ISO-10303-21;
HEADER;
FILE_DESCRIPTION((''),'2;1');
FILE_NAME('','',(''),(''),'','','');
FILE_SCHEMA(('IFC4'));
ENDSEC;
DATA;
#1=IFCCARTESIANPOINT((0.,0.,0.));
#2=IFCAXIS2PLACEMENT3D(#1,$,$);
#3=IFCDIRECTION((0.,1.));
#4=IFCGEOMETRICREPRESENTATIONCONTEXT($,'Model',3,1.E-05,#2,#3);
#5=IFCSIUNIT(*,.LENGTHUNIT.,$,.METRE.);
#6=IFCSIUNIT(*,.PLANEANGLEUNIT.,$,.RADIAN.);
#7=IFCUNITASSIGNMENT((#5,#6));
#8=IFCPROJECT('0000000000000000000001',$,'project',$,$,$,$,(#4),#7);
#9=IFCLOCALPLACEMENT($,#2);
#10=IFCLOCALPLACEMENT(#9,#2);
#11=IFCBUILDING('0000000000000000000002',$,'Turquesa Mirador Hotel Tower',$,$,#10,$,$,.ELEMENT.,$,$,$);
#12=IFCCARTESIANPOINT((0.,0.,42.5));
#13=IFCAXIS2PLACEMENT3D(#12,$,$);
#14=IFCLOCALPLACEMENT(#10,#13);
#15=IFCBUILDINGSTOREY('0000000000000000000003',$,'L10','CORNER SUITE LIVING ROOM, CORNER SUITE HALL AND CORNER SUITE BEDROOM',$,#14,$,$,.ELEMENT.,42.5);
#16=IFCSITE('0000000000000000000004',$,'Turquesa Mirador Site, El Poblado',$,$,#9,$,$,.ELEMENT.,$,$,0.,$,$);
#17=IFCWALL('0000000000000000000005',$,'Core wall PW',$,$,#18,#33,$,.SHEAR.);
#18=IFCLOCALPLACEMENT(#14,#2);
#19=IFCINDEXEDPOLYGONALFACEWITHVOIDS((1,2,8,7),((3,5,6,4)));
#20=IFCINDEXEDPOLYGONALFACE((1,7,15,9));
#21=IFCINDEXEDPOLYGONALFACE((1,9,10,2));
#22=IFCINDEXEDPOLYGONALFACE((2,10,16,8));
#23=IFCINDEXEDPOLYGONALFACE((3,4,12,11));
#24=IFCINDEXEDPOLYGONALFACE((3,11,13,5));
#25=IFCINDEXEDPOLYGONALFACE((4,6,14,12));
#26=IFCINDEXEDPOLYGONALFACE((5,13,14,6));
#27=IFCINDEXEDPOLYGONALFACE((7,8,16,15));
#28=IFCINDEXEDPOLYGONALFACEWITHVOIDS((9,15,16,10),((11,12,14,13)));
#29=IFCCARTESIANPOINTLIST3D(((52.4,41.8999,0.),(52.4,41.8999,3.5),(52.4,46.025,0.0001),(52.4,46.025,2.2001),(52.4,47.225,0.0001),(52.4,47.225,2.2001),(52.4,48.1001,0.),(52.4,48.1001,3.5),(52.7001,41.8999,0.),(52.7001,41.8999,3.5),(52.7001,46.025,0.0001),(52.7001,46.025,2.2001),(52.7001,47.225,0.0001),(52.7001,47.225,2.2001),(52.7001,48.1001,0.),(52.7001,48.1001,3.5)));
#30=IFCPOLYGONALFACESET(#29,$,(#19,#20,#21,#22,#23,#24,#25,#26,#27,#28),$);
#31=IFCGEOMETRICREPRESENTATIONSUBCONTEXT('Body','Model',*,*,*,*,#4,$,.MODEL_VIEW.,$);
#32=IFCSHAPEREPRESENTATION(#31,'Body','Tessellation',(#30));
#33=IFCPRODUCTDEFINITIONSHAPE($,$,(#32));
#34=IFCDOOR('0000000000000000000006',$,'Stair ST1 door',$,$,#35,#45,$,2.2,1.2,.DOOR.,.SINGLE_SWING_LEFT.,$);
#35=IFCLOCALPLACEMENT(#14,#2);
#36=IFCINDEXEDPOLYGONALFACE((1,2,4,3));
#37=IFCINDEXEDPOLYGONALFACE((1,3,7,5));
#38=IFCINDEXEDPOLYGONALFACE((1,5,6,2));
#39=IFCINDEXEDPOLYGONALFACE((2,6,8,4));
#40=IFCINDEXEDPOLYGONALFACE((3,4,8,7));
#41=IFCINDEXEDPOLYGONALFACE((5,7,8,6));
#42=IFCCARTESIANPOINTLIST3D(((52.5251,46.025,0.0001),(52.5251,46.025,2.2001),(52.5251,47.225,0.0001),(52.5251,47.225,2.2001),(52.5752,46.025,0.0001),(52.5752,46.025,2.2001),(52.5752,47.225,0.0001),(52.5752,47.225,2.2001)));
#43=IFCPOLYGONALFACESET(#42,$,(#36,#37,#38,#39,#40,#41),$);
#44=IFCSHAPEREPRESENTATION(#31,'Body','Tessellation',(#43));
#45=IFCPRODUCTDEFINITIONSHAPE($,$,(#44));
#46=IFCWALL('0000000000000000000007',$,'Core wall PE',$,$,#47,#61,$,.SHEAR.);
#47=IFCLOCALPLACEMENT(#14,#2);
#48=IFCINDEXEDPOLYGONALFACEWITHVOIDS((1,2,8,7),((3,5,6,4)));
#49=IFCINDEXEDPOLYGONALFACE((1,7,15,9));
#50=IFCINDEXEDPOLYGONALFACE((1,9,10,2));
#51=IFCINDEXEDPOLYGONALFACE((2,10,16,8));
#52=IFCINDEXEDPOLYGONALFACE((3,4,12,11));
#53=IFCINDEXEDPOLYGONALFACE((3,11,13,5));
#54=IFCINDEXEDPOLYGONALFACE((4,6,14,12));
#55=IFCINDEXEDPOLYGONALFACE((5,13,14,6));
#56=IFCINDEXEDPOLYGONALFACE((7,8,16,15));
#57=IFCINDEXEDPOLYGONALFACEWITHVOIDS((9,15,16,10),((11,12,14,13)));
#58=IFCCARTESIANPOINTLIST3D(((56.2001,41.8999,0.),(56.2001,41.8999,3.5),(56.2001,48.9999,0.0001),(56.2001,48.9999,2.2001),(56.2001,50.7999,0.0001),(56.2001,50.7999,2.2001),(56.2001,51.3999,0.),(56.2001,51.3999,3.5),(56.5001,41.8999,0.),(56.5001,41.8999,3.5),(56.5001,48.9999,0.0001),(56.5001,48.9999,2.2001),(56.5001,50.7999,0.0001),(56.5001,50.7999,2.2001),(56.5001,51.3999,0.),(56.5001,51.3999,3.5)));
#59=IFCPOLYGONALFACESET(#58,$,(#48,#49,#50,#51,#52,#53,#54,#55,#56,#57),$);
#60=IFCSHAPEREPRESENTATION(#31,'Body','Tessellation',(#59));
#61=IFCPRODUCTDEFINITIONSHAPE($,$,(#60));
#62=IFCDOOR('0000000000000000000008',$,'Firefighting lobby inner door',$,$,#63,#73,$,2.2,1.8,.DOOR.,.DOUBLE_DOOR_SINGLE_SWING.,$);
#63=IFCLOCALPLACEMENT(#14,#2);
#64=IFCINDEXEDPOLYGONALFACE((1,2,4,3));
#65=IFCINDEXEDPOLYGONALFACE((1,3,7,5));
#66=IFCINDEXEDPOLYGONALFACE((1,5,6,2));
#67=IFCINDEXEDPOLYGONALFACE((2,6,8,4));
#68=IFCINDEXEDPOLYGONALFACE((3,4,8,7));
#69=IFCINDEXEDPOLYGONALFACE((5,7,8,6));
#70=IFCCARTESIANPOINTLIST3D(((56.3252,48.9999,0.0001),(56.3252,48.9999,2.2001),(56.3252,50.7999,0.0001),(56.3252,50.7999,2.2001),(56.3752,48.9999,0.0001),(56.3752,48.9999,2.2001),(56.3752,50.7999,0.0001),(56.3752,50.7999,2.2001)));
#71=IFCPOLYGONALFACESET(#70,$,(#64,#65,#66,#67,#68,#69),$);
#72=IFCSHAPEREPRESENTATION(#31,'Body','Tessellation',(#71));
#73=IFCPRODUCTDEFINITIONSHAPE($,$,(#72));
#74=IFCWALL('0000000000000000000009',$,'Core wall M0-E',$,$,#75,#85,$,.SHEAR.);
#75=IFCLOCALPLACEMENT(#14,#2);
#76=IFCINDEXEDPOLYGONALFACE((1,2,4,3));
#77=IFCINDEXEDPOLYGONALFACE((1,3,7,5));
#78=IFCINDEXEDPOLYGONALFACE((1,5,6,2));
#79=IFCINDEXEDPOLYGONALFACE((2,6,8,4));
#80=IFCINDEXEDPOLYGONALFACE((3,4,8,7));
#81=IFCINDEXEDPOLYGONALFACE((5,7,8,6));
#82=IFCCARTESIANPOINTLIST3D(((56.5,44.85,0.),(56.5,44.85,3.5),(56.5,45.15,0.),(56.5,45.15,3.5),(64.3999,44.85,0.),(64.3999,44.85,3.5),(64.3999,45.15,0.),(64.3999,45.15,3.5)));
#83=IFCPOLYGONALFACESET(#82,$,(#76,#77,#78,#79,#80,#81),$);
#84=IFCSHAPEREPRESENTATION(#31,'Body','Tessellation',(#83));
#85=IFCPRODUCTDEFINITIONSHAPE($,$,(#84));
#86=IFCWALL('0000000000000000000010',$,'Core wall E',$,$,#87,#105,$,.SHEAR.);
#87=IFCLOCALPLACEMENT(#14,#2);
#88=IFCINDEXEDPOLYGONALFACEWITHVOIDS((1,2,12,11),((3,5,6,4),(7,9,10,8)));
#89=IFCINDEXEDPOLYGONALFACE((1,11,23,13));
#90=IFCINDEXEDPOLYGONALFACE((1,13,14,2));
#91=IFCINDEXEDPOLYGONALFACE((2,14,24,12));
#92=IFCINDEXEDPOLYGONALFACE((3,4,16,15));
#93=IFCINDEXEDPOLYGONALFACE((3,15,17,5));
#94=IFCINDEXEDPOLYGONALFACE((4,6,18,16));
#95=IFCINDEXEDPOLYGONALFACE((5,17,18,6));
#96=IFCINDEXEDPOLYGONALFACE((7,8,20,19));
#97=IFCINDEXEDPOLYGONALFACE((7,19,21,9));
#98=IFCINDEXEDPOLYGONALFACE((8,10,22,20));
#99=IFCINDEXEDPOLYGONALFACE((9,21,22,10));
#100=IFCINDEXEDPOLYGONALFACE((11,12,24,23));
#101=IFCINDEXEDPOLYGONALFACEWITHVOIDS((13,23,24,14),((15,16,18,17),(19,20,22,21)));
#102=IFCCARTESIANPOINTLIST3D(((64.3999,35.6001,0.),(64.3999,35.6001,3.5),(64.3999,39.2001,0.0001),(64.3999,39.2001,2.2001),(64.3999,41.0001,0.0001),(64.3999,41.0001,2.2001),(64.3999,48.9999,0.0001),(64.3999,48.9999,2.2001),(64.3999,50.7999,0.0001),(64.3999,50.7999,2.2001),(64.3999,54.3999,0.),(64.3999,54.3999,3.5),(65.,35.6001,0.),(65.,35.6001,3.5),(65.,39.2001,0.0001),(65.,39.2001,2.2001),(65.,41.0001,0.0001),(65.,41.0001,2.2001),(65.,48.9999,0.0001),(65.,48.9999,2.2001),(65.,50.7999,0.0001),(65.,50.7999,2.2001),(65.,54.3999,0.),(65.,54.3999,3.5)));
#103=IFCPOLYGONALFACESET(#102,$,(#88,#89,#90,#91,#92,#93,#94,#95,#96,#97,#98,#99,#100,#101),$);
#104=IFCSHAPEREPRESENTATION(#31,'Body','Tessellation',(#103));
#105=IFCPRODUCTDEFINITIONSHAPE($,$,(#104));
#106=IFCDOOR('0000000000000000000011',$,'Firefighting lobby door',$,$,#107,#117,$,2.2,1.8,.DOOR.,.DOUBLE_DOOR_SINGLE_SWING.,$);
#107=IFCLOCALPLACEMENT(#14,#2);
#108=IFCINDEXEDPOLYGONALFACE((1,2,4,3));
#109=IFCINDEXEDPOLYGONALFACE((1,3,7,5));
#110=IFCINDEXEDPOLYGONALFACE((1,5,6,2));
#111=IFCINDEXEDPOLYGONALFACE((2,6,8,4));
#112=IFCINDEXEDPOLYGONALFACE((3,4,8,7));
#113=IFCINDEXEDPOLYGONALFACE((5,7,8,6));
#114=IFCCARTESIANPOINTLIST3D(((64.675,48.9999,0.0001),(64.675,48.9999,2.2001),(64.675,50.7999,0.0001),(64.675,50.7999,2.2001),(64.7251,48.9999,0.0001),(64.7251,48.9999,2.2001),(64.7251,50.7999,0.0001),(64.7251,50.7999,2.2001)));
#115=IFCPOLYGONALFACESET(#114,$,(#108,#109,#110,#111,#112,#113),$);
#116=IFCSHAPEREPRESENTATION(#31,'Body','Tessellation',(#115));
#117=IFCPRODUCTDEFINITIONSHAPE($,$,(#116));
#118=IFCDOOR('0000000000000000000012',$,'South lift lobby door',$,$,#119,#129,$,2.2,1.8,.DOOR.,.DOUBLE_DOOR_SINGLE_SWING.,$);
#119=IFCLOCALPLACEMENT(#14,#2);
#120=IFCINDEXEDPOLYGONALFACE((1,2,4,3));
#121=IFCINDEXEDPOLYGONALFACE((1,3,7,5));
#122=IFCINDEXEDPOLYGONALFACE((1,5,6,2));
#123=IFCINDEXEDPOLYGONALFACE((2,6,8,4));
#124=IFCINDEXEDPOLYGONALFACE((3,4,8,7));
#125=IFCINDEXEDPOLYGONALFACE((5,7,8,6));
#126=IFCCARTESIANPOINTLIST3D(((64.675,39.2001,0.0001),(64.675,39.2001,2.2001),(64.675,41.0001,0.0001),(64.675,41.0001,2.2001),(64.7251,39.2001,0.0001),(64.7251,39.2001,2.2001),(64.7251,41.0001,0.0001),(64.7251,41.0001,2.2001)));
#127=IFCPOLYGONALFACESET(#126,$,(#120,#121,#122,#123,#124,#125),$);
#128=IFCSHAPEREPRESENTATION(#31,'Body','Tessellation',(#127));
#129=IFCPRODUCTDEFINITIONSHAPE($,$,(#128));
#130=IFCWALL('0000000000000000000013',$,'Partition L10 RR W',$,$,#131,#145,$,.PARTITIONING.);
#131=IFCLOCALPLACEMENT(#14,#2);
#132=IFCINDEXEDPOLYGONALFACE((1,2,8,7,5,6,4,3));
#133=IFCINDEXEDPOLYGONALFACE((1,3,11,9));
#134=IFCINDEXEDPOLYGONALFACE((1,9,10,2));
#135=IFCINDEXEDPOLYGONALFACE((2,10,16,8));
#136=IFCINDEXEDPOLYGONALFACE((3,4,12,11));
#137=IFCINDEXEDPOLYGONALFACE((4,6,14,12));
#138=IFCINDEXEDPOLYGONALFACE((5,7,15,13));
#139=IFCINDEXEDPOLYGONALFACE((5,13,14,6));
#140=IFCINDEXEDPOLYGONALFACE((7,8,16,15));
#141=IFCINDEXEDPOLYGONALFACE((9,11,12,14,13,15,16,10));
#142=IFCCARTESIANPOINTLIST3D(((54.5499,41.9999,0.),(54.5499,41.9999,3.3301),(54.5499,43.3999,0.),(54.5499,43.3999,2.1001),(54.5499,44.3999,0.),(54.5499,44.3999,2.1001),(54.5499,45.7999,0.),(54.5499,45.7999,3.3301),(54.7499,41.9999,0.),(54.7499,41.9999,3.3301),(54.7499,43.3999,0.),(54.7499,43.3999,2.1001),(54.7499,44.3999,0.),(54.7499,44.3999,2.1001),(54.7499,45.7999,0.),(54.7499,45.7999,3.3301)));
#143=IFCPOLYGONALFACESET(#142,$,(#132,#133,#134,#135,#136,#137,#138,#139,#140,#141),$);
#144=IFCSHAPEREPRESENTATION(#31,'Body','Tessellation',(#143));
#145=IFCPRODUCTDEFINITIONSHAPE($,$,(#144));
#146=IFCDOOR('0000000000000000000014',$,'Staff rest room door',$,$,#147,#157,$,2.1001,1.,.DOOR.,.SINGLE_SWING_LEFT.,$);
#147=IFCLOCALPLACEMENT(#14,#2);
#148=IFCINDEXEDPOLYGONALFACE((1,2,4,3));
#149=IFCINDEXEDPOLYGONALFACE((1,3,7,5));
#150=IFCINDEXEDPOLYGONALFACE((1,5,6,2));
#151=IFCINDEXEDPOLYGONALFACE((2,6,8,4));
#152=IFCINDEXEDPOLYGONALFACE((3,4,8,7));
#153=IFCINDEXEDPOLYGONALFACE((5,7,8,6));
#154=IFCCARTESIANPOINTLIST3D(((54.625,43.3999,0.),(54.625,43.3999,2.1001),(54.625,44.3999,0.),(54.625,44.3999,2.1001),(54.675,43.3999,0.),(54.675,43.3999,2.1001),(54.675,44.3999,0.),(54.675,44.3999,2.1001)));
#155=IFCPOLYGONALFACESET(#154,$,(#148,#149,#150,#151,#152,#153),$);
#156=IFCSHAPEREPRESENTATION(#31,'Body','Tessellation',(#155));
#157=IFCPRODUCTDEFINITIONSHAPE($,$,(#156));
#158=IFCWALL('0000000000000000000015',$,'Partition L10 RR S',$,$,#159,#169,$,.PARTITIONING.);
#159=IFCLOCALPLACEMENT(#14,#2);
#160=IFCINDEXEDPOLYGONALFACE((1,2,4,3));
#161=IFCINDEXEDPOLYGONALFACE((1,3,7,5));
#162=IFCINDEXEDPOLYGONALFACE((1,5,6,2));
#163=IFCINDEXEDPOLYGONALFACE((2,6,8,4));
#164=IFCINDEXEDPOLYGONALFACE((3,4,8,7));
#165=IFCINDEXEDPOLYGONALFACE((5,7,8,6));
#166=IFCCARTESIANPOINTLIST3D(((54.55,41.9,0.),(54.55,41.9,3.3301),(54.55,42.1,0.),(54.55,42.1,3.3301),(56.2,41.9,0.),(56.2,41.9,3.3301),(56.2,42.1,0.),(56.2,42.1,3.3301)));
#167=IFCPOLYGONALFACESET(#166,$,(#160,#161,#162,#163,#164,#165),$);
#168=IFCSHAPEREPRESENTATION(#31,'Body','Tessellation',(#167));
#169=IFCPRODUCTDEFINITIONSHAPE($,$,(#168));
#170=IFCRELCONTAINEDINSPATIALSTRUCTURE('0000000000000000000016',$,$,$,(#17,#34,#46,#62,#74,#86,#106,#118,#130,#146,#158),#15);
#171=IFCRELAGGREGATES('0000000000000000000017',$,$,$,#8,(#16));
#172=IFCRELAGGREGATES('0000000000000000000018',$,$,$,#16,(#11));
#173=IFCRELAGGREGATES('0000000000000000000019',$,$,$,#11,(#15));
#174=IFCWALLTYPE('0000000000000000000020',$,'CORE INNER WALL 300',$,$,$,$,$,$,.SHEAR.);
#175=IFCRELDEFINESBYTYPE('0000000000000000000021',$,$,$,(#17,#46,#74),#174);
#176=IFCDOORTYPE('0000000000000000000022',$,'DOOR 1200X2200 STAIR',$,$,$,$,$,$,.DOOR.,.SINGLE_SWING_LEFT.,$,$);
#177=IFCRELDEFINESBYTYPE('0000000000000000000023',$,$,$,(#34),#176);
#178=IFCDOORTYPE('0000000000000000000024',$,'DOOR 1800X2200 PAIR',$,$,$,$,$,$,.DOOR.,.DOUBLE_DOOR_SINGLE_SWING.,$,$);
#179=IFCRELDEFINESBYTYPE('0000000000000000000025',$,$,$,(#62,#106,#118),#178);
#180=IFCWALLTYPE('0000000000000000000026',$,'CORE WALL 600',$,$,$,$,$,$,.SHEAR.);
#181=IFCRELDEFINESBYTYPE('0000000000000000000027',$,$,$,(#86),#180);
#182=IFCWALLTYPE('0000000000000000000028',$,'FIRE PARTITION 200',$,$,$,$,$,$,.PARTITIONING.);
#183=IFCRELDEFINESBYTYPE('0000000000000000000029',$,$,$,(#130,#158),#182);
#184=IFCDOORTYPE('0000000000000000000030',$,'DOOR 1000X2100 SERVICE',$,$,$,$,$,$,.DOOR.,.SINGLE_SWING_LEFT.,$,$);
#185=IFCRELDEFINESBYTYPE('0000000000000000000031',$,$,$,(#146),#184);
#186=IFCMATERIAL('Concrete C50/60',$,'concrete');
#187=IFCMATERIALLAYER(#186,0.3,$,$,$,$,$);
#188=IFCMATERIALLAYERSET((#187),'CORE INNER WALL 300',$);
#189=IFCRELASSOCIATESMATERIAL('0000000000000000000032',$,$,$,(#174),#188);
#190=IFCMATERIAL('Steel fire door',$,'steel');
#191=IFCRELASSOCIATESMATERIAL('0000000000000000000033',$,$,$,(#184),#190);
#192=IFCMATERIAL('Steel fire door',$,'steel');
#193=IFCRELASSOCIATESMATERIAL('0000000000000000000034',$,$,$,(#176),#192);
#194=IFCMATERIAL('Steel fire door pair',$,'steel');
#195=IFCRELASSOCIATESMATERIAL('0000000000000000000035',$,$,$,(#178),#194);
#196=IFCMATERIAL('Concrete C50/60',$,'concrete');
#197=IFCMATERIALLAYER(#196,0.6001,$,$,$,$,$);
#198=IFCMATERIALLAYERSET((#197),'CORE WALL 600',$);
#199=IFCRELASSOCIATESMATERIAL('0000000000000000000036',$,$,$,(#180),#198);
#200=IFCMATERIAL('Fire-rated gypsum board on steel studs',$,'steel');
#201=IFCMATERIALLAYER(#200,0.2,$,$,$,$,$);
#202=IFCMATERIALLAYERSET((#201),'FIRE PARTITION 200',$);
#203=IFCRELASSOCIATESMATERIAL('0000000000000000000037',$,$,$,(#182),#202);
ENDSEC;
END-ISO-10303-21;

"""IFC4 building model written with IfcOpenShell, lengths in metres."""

from ifc_helpers import new_model, si_unit, direction, frame, frame_2d, origin, place, context, subcontext, project, spatial, rectangle, extrude, material, layer, layer_set, type_object, element, fill, save


model = new_model("IFC4")

# Units and contexts
model_context = context("Model", 3, precision=1e-05, world=origin(), true_north=direction((0.0, 1.0)))
body_context = subcontext(model_context, "Body", "Model", "MODEL_VIEW")
ifc_project = project(units=[si_unit("LENGTHUNIT", "METRE"), si_unit("PLANEANGLEUNIT", "RADIAN")], contexts=[model_context])

# Site, building, storey
site_placement = place(None, origin())
site = spatial("IfcSite", under=ifc_project, at=site_placement, Name="Turquesa Mirador Site, El Poblado", CompositionType="ELEMENT", RefElevation=0.0)
building_placement = place(site_placement, origin())
building = spatial("IfcBuilding", under=site, at=building_placement, Name="Turquesa Mirador Hotel Tower", CompositionType="ELEMENT")
storey_placement = place(building_placement, frame((0.0, 0.0, 42.5)))
storey = spatial("IfcBuildingStorey", under=building, at=storey_placement, Name="L10", Description="CORNER SUITE LIVING ROOM, CORNER SUITE HALL AND CORNER SUITE BEDROOM", CompositionType="ELEMENT", Elevation=42.5)

# Walls, openings, doors
ifc_material_1 = material(Name="Concrete C50/60", Category="concrete")
ifc_layer_1 = layer(ifc_material_1, 0.3)
ifc_layer_set_1 = layer_set([ifc_layer_1], Name="CORE INNER WALL 300")
wall_type_1 = type_object("IfcWallType", Name="CORE INNER WALL 300", PredefinedType="SHEAR", material=ifc_layer_set_1)
ifc_material_2 = material(Name="Steel fire door", Category="steel")
door_type_1 = type_object("IfcDoorType", Name="DOOR 1000X2100 SERVICE", OperationType="SINGLE_SWING_LEFT", PredefinedType="DOOR", material=ifc_material_2)
wall_1_placement = place(storey_placement, frame((52.55, 41.8999, 0.0), z_axis=(0.0, 0.0, 1.0), x_axis=(0.0, 1.0, 0.0)))
wall_1 = element("IfcWall", 1, at=wall_1_placement, inside=storey, type_object=wall_type_1, Name="Core wall PW", PredefinedType="SHEAR", context=body_context, shape_type="SweptSolid", body=[
    extrude(rectangle(XDim=6.2002, YDim=0.3, at=frame_2d((3.1001, 0.0))), origin(), (0.0, 0.0, 1.0), 3.5),
])
opening_1_placement = place(wall_1_placement, frame((4.125, 0.0, 0.0)))
opening_1 = element("IfcOpeningElement", 2, at=opening_1_placement, cuts=wall_1, PredefinedType="OPENING", context=body_context, shape_type="SweptSolid", body=[
    extrude(rectangle(XDim=1.2, YDim=2.2, at=frame_2d((0.6001, 1.1001))), frame((0.0, 0.1599, 0.0), z_axis=(0.0, -1.0, 0.0), x_axis=(1.0, 0.0, 0.0)), (0.0, 0.0, 1.0), 0.3201),
])
ifc_material_3 = material(Name="Steel fire door", Category="steel")
door_type_2 = type_object("IfcDoorType", Name="DOOR 1200X2200 STAIR", OperationType="SINGLE_SWING_LEFT", PredefinedType="DOOR", material=ifc_material_3)
door_1_placement = place(opening_1_placement, origin())
door_1 = element("IfcDoor", 3, at=door_1_placement, inside=storey, type_object=door_type_2, Name="Stair ST1 door", OperationType="SINGLE_SWING_LEFT", OverallHeight=2.2, OverallWidth=1.2, PredefinedType="DOOR", context=body_context, shape_type="SweptSolid", body=[
    extrude(rectangle(XDim=1.2, YDim=2.2, at=frame_2d((0.6001, 1.1001))), frame((0.0, 0.0249, 0.0), z_axis=(0.0, -1.0, 0.0), x_axis=(1.0, 0.0, 0.0)), (0.0, 0.0, 1.0), 0.05),
])
fill(opening_1, door_1)
wall_2_placement = place(storey_placement, frame((56.3501, 41.8999, 0.0), z_axis=(0.0, 0.0, 1.0), x_axis=(0.0, 1.0, 0.0)))
wall_2 = element("IfcWall", 4, at=wall_2_placement, inside=storey, type_object=wall_type_1, Name="Core wall PE", PredefinedType="SHEAR", context=body_context, shape_type="SweptSolid", body=[
    extrude(rectangle(XDim=9.5, YDim=0.3, at=frame_2d((4.75, 0.0))), origin(), (0.0, 0.0, 1.0), 3.5),
])
opening_2_placement = place(wall_2_placement, frame((7.1001, 0.0, 0.0)))
opening_2 = element("IfcOpeningElement", 5, at=opening_2_placement, cuts=wall_2, PredefinedType="OPENING", context=body_context, shape_type="SweptSolid", body=[
    extrude(rectangle(XDim=1.8, YDim=2.2, at=frame_2d((0.8999, 1.1001))), frame((0.0, 0.1599, 0.0), z_axis=(0.0, -1.0, 0.0), x_axis=(1.0, 0.0, 0.0)), (0.0, 0.0, 1.0), 0.3201),
])
ifc_material_4 = material(Name="Steel fire door pair", Category="steel")
door_type_3 = type_object("IfcDoorType", Name="DOOR 1800X2200 PAIR", OperationType="DOUBLE_DOOR_SINGLE_SWING", PredefinedType="DOOR", material=ifc_material_4)
door_2_placement = place(opening_2_placement, origin())
door_2 = element("IfcDoor", 6, at=door_2_placement, inside=storey, type_object=door_type_3, Name="Firefighting lobby inner door", OperationType="DOUBLE_DOOR_SINGLE_SWING", OverallHeight=2.2, OverallWidth=1.8, PredefinedType="DOOR", context=body_context, shape_type="SweptSolid", body=[
    extrude(rectangle(XDim=1.8, YDim=2.2, at=frame_2d((0.8999, 1.1001))), frame((0.0, 0.0249, 0.0), z_axis=(0.0, -1.0, 0.0), x_axis=(1.0, 0.0, 0.0)), (0.0, 0.0, 1.0), 0.05),
])
fill(opening_2, door_2)

# Wall
wall_3_placement = place(storey_placement, frame((56.5, 45.0, 0.0), z_axis=(0.0, 0.0, 1.0), x_axis=(1.0, 0.0, 0.0)))
element("IfcWall", 7, at=wall_3_placement, inside=storey, type_object=wall_type_1, Name="Core wall M0-E", PredefinedType="SHEAR", context=body_context, shape_type="SweptSolid", body=[
    extrude(rectangle(XDim=7.8999, YDim=0.3, at=frame_2d((3.95, 0.0))), origin(), (0.0, 0.0, 1.0), 3.5),
])

# Wall, openings, doors
ifc_material_5 = material(Name="Concrete C50/60", Category="concrete")
ifc_layer_2 = layer(ifc_material_5, 0.6001)
ifc_layer_set_2 = layer_set([ifc_layer_2], Name="CORE WALL 600")
wall_type_2 = type_object("IfcWallType", Name="CORE WALL 600", PredefinedType="SHEAR", material=ifc_layer_set_2)
wall_4_placement = place(storey_placement, frame((64.7, 35.6001, 0.0), z_axis=(0.0, 0.0, 1.0), x_axis=(0.0, 1.0, 0.0)))
wall_4 = element("IfcWall", 8, at=wall_4_placement, inside=storey, type_object=wall_type_2, Name="Core wall E", PredefinedType="SHEAR", context=body_context, shape_type="SweptSolid", body=[
    extrude(rectangle(XDim=18.7998, YDim=0.6001, at=frame_2d((9.3999, 0.0))), origin(), (0.0, 0.0, 1.0), 3.5),
])
opening_3_placement = place(wall_4_placement, frame((13.3999, 0.0, 0.0)))
opening_3 = element("IfcOpeningElement", 9, at=opening_3_placement, cuts=wall_4, PredefinedType="OPENING", context=body_context, shape_type="SweptSolid", body=[
    extrude(rectangle(XDim=1.8, YDim=2.2, at=frame_2d((0.8999, 1.1001))), frame((0.0, 0.3101, 0.0), z_axis=(0.0, -1.0, 0.0), x_axis=(1.0, 0.0, 0.0)), (0.0, 0.0, 1.0), 0.6201),
])
opening_4_placement = place(wall_4_placement, frame((3.6001, 0.0, 0.0)))
opening_4 = element("IfcOpeningElement", 10, at=opening_4_placement, cuts=wall_4, PredefinedType="OPENING", context=body_context, shape_type="SweptSolid", body=[
    extrude(rectangle(XDim=1.8, YDim=2.2, at=frame_2d((0.8999, 1.1001))), frame((0.0, 0.3101, 0.0), z_axis=(0.0, -1.0, 0.0), x_axis=(1.0, 0.0, 0.0)), (0.0, 0.0, 1.0), 0.6201),
])
door_3_placement = place(opening_3_placement, origin())
door_3 = element("IfcDoor", 11, at=door_3_placement, inside=storey, type_object=door_type_3, Name="Firefighting lobby door", OperationType="DOUBLE_DOOR_SINGLE_SWING", OverallHeight=2.2, OverallWidth=1.8, PredefinedType="DOOR", context=body_context, shape_type="SweptSolid", body=[
    extrude(rectangle(XDim=1.8, YDim=2.2, at=frame_2d((0.8999, 1.1001))), frame((0.0, 0.0249, 0.0), z_axis=(0.0, -1.0, 0.0), x_axis=(1.0, 0.0, 0.0)), (0.0, 0.0, 1.0), 0.05),
])
fill(opening_3, door_3)
door_4_placement = place(opening_4_placement, origin())
door_4 = element("IfcDoor", 12, at=door_4_placement, inside=storey, type_object=door_type_3, Name="South lift lobby door", OperationType="DOUBLE_DOOR_SINGLE_SWING", OverallHeight=2.2, OverallWidth=1.8, PredefinedType="DOOR", context=body_context, shape_type="SweptSolid", body=[
    extrude(rectangle(XDim=1.8, YDim=2.2, at=frame_2d((0.8999, 1.1001))), frame((0.0, 0.0249, 0.0), z_axis=(0.0, -1.0, 0.0), x_axis=(1.0, 0.0, 0.0)), (0.0, 0.0, 1.0), 0.05),
])
fill(opening_4, door_4)

# Wall, opening, door
ifc_material_6 = material(Name="Fire-rated gypsum board on steel studs", Category="steel")
ifc_layer_3 = layer(ifc_material_6, 0.2)
ifc_layer_set_3 = layer_set([ifc_layer_3], Name="FIRE PARTITION 200")
wall_type_3 = type_object("IfcWallType", Name="FIRE PARTITION 200", PredefinedType="PARTITIONING", material=ifc_layer_set_3)
wall_5_placement = place(storey_placement, frame((54.6499, 42.0, 0.0), z_axis=(0.0, 0.0, 1.0), x_axis=(0.0, 1.0, 0.0)))
wall_5 = element("IfcWall", 13, at=wall_5_placement, inside=storey, type_object=wall_type_3, Name="Partition L10 RR W", PredefinedType="PARTITIONING", context=body_context, shape_type="SweptSolid", body=[
    extrude(rectangle(XDim=3.8, YDim=0.2, at=frame_2d((1.8999, 0.0))), origin(), (0.0, 0.0, 1.0), 3.3301),
])
opening_5_placement = place(wall_5_placement, frame((1.3999, 0.0, 0.0)))
opening_5 = element("IfcOpeningElement", 14, at=opening_5_placement, cuts=wall_5, PredefinedType="OPENING", context=body_context, shape_type="SweptSolid", body=[
    extrude(rectangle(XDim=1.0, YDim=2.1001, at=frame_2d((0.5, 1.05))), frame((0.0, 0.1099, 0.0), z_axis=(0.0, -1.0, 0.0), x_axis=(1.0, 0.0, 0.0)), (0.0, 0.0, 1.0), 0.22),
])
door_5_placement = place(opening_5_placement, origin())
door_5 = element("IfcDoor", 15, at=door_5_placement, inside=storey, type_object=door_type_1, Name="Staff rest room door", OperationType="SINGLE_SWING_LEFT", OverallHeight=2.1001, OverallWidth=1.0, PredefinedType="DOOR", context=body_context, shape_type="SweptSolid", body=[
    extrude(rectangle(XDim=1.0, YDim=2.1001, at=frame_2d((0.5, 1.05))), frame((0.0, 0.0249, 0.0), z_axis=(0.0, -1.0, 0.0), x_axis=(1.0, 0.0, 0.0)), (0.0, 0.0, 1.0), 0.05),
])
fill(opening_5, door_5)

# Wall
wall_6_placement = place(storey_placement, frame((54.55, 42.0, 0.0), z_axis=(0.0, 0.0, 1.0), x_axis=(1.0, 0.0, 0.0)))
element("IfcWall", 16, at=wall_6_placement, inside=storey, type_object=wall_type_3, Name="Partition L10 RR S", PredefinedType="PARTITIONING", context=body_context, shape_type="SweptSolid", body=[
    extrude(rectangle(XDim=1.6499, YDim=0.2, at=frame_2d((0.825, 0.0))), origin(), (0.0, 0.0, 1.0), 3.3301),
])

save(model, "model.ifc")
